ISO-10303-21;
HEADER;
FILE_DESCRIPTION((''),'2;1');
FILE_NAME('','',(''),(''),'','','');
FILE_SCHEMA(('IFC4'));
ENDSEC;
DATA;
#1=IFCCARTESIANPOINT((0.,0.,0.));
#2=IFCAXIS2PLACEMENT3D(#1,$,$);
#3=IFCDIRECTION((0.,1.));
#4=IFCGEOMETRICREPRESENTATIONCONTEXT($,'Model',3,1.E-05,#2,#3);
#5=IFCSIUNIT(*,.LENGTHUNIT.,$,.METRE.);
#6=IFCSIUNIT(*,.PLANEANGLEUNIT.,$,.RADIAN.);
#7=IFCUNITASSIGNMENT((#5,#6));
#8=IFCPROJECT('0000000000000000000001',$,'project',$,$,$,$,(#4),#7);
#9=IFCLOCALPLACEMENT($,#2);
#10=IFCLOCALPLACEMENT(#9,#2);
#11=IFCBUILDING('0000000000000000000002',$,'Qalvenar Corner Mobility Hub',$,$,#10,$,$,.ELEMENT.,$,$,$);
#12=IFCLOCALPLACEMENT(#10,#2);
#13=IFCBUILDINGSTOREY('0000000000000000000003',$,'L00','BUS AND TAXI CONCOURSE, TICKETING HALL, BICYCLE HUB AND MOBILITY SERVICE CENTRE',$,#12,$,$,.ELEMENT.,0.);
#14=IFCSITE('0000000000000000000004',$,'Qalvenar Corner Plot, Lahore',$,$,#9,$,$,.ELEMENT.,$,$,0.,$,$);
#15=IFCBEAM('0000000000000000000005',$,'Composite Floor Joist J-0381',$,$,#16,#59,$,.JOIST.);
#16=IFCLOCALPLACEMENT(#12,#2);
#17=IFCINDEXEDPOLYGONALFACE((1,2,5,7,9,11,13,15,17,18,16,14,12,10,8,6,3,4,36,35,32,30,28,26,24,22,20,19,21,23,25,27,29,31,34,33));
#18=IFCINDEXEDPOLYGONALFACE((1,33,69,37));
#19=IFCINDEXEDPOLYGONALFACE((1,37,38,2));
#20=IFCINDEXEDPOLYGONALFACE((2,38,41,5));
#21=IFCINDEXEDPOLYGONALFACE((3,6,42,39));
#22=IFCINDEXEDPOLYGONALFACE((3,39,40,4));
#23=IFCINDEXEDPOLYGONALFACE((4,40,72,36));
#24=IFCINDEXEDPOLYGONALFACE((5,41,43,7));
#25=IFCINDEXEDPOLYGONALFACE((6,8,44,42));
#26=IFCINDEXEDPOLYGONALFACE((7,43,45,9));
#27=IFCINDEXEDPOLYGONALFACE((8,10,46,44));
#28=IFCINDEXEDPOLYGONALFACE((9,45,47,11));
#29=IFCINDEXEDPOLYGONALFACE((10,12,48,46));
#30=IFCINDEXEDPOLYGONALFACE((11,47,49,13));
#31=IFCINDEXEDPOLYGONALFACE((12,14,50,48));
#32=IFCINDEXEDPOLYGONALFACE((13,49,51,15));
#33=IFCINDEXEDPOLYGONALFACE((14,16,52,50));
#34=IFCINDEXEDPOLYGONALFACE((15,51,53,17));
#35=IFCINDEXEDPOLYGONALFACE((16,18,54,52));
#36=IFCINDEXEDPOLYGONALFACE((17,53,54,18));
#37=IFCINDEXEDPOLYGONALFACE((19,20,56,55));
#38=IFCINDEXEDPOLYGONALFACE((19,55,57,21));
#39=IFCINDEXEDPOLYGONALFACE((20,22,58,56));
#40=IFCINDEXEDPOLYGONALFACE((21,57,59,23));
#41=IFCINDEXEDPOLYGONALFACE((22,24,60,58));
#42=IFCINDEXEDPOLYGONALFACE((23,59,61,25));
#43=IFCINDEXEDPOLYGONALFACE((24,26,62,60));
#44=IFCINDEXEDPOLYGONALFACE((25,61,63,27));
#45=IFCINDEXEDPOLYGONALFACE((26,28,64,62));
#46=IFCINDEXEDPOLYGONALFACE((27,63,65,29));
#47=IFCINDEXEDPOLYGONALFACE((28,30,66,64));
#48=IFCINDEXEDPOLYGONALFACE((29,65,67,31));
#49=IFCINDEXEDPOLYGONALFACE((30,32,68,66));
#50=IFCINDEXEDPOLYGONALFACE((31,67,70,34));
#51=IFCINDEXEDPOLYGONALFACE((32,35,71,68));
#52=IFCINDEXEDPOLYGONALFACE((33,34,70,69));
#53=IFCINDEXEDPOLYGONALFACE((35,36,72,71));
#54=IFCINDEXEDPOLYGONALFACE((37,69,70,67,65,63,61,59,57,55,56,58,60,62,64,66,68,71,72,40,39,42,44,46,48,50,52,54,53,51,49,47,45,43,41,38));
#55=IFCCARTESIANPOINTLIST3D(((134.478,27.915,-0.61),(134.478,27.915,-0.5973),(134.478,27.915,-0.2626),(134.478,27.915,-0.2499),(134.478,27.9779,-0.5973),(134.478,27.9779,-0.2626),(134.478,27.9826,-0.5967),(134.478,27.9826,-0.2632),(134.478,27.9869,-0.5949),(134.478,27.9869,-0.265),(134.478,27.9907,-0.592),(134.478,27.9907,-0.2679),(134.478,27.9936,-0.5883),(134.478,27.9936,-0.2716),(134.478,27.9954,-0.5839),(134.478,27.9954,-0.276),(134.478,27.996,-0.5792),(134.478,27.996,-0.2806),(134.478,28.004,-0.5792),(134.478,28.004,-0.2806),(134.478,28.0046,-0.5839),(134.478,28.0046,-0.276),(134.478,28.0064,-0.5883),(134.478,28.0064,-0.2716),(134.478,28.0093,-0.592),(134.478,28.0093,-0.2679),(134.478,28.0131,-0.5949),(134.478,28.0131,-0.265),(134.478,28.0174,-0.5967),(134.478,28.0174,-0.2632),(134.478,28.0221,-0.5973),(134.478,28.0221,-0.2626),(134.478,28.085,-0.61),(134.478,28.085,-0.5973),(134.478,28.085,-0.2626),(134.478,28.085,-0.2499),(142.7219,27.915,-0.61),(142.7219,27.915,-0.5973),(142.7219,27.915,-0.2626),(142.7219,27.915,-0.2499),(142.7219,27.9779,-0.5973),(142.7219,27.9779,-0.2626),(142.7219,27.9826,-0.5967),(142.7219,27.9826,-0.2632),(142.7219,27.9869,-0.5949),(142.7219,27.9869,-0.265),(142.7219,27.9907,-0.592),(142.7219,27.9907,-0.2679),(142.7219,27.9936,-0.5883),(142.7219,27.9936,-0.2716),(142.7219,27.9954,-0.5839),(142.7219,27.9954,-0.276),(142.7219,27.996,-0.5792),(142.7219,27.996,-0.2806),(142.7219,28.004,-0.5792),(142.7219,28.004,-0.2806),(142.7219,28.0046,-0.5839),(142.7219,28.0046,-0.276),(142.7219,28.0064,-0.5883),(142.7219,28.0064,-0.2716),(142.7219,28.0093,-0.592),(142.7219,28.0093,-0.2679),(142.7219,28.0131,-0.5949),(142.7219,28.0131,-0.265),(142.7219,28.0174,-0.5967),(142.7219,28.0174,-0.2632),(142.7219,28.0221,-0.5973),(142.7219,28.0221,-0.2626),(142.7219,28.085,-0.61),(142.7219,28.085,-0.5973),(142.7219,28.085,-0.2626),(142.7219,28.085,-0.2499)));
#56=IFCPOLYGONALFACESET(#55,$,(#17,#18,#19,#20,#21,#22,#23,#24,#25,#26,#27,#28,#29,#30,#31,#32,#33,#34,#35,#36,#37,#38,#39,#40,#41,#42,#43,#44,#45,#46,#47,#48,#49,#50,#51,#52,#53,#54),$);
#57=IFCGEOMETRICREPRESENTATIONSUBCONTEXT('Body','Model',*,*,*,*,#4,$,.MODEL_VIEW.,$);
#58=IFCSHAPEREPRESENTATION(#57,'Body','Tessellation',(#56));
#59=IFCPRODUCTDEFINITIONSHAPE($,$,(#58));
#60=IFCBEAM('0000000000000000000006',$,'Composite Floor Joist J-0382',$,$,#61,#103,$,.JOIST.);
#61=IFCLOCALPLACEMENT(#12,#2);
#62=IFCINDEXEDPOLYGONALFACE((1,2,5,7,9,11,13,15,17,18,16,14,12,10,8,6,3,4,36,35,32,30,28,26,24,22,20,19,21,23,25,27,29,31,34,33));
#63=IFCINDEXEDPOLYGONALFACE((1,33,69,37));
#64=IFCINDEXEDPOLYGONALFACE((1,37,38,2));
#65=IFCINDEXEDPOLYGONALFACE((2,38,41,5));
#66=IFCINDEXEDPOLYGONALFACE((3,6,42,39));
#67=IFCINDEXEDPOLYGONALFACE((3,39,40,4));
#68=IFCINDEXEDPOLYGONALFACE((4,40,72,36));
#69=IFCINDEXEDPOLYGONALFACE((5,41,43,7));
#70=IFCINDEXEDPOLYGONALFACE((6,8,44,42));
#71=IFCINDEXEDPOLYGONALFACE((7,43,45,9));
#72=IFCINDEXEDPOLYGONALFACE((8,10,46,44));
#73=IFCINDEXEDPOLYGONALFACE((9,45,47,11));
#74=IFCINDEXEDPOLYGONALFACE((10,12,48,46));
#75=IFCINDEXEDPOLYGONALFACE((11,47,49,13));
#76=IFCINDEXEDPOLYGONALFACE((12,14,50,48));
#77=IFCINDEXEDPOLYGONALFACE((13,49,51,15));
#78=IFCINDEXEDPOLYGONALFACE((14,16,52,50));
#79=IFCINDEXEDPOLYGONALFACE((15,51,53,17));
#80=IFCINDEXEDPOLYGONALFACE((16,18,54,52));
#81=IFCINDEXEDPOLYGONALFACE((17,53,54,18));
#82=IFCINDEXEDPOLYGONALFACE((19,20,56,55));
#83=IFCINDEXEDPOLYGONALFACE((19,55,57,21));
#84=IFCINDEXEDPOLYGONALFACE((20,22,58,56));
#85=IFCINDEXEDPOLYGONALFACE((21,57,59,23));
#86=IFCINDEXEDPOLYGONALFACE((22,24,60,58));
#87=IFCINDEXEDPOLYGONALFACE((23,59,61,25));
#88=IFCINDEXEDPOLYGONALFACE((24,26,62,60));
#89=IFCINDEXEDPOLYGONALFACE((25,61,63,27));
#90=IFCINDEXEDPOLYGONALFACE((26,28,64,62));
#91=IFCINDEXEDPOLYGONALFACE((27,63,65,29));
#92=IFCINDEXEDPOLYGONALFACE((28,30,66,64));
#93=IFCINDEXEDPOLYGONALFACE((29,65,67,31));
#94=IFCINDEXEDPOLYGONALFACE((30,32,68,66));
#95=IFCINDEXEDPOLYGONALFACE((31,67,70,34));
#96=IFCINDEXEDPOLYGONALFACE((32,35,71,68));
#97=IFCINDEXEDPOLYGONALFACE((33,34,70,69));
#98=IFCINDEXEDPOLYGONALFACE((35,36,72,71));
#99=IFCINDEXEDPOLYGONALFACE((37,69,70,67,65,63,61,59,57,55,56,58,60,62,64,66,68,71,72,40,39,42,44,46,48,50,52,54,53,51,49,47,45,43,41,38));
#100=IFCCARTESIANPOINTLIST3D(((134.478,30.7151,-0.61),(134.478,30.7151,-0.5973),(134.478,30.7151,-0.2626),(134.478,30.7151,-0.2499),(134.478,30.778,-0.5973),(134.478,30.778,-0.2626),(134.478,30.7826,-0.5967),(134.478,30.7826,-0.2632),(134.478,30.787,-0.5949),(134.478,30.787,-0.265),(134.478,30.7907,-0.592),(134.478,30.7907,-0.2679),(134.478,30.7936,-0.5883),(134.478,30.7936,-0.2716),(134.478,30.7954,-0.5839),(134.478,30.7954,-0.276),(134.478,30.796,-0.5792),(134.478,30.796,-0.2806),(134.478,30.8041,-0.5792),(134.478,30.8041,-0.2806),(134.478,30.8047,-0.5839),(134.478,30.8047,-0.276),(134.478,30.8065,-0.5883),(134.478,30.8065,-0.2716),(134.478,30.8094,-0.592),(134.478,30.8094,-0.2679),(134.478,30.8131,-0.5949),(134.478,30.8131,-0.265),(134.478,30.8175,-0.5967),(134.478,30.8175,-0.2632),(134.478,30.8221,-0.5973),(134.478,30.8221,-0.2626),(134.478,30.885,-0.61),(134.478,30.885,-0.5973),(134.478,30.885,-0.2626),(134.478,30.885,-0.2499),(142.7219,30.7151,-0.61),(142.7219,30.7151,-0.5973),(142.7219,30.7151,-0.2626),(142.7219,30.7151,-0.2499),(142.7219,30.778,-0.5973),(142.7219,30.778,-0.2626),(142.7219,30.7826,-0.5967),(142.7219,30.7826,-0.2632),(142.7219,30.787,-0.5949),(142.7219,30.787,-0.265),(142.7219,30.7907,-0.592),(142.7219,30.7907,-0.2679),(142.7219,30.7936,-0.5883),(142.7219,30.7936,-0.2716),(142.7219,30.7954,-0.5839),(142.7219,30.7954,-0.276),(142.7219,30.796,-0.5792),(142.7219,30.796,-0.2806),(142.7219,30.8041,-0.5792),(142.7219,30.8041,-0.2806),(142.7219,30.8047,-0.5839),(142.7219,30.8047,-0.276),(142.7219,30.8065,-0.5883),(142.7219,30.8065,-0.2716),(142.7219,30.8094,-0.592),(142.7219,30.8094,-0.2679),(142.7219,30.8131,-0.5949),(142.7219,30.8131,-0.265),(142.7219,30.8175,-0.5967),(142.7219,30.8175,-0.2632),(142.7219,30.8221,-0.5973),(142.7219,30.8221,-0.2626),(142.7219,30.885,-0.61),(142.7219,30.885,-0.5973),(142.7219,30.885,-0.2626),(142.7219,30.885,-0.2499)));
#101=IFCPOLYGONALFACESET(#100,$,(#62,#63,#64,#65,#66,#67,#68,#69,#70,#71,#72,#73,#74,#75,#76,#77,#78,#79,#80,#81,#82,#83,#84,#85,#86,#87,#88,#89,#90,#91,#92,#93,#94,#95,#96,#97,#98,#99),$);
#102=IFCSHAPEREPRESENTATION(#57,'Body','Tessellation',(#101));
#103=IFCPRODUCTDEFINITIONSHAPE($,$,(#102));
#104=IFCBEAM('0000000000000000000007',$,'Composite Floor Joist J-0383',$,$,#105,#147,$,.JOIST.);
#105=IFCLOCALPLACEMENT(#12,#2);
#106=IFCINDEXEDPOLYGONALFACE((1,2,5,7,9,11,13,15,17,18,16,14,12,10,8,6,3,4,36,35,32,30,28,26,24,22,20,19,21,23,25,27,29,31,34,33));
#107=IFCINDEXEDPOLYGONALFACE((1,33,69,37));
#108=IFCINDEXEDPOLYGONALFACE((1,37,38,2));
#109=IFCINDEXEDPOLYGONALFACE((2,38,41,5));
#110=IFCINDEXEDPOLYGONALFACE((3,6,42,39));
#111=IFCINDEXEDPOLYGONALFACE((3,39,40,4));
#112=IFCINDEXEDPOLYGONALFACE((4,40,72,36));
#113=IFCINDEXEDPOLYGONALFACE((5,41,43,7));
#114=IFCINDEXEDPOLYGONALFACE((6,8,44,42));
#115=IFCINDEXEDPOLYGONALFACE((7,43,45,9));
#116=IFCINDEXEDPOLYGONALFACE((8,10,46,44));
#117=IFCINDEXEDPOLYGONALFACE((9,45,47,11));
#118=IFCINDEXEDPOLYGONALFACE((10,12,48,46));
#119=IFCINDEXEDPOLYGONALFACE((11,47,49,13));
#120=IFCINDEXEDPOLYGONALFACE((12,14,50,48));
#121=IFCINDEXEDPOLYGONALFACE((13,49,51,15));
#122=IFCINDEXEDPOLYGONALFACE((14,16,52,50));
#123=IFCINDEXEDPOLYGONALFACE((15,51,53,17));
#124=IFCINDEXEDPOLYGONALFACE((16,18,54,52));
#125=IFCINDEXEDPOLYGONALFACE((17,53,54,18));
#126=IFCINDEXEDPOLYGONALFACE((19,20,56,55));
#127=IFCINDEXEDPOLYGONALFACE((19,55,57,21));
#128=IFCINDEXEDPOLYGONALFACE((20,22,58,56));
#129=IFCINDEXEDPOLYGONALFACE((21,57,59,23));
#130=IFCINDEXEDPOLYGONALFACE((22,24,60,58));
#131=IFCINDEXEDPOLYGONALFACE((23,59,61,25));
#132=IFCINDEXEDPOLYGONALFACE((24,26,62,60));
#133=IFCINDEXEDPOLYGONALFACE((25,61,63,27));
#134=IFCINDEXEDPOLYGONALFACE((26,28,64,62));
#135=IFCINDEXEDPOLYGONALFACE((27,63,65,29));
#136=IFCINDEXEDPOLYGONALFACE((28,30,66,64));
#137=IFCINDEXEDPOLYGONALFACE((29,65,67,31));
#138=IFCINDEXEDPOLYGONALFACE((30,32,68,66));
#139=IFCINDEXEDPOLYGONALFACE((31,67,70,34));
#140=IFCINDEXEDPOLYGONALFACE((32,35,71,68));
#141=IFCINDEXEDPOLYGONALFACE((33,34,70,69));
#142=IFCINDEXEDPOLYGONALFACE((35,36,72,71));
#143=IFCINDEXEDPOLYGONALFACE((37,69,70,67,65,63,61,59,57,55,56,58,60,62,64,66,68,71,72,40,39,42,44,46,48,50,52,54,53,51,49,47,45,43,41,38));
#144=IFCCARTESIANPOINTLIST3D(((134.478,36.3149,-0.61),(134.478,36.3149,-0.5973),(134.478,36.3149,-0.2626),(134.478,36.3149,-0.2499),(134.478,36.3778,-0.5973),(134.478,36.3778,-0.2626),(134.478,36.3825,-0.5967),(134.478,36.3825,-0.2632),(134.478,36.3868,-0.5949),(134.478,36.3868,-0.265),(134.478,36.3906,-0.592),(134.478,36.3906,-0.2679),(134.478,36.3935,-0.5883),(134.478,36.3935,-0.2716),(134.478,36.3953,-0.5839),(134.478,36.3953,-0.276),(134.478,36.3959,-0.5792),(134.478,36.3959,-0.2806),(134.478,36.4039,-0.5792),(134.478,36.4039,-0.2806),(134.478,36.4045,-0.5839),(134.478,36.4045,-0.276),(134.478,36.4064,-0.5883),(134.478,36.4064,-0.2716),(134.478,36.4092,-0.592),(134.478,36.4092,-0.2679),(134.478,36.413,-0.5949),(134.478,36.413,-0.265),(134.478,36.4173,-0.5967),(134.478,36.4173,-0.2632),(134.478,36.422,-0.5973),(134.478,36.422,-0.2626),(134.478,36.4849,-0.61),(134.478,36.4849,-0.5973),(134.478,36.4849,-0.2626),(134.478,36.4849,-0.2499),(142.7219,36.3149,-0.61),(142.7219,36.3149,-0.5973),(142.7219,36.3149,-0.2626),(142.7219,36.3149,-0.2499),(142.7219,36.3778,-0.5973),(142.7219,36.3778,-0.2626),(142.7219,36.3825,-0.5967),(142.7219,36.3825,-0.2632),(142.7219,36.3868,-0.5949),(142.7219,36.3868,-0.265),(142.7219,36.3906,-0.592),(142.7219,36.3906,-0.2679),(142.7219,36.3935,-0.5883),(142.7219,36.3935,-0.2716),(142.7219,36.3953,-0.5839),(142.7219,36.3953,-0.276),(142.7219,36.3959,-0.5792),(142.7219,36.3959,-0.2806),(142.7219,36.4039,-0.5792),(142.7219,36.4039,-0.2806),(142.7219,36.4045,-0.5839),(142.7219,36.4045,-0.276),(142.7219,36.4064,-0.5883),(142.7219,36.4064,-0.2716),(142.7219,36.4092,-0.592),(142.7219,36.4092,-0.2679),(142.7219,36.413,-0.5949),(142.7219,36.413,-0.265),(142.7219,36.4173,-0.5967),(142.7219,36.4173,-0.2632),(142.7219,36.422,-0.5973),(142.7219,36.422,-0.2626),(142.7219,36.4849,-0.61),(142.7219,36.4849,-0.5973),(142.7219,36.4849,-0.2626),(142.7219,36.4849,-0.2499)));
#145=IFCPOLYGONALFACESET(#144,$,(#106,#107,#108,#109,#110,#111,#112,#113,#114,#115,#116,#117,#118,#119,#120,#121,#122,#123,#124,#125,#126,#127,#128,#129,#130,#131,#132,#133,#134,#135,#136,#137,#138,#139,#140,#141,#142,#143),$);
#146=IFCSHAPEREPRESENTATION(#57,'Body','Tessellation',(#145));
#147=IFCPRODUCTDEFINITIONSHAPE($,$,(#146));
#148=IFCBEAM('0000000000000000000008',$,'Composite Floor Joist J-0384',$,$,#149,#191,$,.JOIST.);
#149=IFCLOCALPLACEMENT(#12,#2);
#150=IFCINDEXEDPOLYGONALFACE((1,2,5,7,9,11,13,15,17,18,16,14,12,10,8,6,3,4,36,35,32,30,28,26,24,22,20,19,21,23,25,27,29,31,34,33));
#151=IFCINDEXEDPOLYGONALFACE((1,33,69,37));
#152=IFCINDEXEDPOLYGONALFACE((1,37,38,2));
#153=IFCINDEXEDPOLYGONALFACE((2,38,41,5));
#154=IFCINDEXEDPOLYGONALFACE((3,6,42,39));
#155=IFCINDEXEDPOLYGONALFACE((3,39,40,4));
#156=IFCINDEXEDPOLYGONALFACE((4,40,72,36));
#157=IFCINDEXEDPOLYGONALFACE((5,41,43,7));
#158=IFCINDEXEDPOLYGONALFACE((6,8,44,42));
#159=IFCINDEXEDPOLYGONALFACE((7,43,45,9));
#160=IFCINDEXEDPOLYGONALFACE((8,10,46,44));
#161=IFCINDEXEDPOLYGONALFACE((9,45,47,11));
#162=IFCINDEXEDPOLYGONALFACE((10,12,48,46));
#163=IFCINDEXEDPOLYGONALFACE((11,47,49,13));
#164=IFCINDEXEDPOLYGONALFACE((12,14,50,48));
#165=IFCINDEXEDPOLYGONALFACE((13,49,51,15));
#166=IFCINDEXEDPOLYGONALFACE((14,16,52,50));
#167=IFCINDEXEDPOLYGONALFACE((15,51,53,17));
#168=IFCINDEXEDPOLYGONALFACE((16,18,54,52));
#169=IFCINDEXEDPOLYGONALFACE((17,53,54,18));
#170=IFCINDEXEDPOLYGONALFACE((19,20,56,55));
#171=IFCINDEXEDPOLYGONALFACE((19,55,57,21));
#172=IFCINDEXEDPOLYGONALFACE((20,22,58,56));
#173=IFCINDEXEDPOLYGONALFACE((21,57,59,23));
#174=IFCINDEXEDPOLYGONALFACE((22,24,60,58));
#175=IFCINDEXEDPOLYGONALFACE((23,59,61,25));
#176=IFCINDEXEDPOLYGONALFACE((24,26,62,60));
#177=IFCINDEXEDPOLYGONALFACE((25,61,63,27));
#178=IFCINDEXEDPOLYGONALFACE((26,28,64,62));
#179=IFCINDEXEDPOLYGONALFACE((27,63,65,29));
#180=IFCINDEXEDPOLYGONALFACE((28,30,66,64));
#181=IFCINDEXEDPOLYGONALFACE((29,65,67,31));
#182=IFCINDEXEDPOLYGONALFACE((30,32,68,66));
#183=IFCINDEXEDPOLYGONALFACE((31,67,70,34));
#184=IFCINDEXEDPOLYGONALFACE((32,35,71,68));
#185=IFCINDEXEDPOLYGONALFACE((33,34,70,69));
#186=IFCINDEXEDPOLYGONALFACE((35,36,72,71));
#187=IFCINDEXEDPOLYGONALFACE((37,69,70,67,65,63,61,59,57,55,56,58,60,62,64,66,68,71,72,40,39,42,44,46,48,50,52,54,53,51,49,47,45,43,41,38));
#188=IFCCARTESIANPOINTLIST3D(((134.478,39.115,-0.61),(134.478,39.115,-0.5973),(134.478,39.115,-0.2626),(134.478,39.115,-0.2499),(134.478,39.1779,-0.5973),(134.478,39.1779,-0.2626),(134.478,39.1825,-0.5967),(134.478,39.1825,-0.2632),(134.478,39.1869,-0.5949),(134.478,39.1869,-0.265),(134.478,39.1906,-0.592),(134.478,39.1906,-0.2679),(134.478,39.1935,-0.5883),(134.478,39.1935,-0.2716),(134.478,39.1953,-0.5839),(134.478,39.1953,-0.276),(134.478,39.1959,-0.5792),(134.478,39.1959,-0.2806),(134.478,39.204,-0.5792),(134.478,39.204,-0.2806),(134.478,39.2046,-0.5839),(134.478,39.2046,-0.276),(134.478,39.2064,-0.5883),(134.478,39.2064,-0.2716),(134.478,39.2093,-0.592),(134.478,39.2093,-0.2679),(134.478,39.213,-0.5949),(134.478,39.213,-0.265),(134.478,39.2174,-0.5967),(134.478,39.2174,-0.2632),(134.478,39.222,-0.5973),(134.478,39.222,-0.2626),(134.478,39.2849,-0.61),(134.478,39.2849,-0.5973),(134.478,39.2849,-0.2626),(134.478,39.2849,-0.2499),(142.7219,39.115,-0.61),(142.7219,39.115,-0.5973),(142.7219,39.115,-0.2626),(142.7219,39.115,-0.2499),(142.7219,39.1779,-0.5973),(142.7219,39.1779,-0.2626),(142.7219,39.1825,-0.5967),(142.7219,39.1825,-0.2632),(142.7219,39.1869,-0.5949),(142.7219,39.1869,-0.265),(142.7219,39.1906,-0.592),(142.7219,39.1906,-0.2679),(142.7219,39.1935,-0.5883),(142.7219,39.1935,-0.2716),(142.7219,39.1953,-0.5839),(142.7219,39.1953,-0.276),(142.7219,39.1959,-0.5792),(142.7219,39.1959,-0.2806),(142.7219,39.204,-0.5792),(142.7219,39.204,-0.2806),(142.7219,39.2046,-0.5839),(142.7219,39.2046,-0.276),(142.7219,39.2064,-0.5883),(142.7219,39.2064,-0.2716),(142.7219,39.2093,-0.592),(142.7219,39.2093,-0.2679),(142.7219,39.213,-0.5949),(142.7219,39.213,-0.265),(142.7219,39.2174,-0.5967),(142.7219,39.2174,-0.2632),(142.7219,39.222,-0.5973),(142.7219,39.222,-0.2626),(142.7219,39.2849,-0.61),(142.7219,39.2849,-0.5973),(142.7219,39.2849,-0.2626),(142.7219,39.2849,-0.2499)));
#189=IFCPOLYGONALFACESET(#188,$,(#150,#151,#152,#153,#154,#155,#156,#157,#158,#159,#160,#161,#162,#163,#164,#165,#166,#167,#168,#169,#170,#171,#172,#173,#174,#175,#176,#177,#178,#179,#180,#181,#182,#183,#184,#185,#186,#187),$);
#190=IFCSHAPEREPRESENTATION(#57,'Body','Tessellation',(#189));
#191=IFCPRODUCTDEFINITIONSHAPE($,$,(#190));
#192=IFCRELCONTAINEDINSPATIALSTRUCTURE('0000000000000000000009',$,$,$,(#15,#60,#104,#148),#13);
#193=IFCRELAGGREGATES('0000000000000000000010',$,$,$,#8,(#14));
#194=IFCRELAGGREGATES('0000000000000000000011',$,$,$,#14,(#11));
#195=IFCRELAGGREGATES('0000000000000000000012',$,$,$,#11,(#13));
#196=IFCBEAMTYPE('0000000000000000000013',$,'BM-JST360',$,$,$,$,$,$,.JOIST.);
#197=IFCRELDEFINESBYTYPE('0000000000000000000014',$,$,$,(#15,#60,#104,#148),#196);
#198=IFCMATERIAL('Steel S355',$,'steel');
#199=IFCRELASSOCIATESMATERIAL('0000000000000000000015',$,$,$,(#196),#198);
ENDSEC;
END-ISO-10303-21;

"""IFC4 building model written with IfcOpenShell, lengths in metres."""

from ifc_helpers import new_model, si_unit, direction, frame, origin, origin_2d, place, context, subcontext, project, spatial, i_section, extrude, material, material_profile, profile_set, type_object, element, save


model = new_model("IFC4")

# Units and contexts
model_context = context("Model", 3, precision=1e-05, world=origin(), true_north=direction((0.0, 1.0)))
body_context = subcontext(model_context, "Body", "Model", "MODEL_VIEW")
ifc_project = project(units=[si_unit("LENGTHUNIT", "METRE"), si_unit("PLANEANGLEUNIT", "RADIAN")], contexts=[model_context])

# Site, building, storey
site_placement = place(None, origin())
site = spatial("IfcSite", under=ifc_project, at=site_placement, Name="Qalvenar Corner Plot, Lahore", CompositionType="ELEMENT", RefElevation=0.0)
building_placement = place(site_placement, origin())
building = spatial("IfcBuilding", under=site, at=building_placement, Name="Qalvenar Corner Mobility Hub", CompositionType="ELEMENT")
storey_placement = place(building_placement, origin())
storey = spatial("IfcBuildingStorey", under=building, at=storey_placement, Name="L00", Description="BUS AND TAXI CONCOURSE, TICKETING HALL, BICYCLE HUB AND MOBILITY SERVICE CENTRE", CompositionType="ELEMENT", Elevation=0.0)

# Shared definitions
ifc_material_1 = material(Name="Steel S355", Category="steel")

# Beams
ifc_material_profile_1 = material_profile(ifc_material_1, i_section(OverallWidth=0.1699, OverallDepth=0.3601, WebThickness=0.0081, FlangeThickness=0.0127, FilletRadius=0.0181, at=origin_2d()), Name="IPE360")
ifc_profile_set_1 = profile_set([ifc_material_profile_1], Name="Steel S355")
beam_type_1 = type_object("IfcBeamType", Name="BM-JST360", PredefinedType="JOIST", material=ifc_profile_set_1)
for number, where, z_axis, x_axis, name in (
    (1, (134.478, 28.0, -0.4299), (1.0, 0.0, 0.0), (0.0, 1.0, 0.0), "Composite Floor Joist J-0381"),
    (2, (134.478, 30.8, -0.4299), (1.0, 0.0, 0.0), (0.0, 1.0, 0.0), "Composite Floor Joist J-0382"),
    (3, (134.478, 36.3999, -0.4299), (1.0, 0.0, 0.0), (0.0, 1.0, 0.0), "Composite Floor Joist J-0383"),
    (4, (134.478, 39.2, -0.4299), (1.0, 0.0, 0.0), (0.0, 1.0, 0.0), "Composite Floor Joist J-0384"),
):
    element("IfcBeam", number, at=place(storey_placement, frame(where, z_axis=z_axis, x_axis=x_axis)), inside=storey, type_object=beam_type_1, Name=name, PredefinedType="JOIST", context=body_context, shape_type="SweptSolid", body=[
        extrude(i_section(OverallWidth=0.1699, OverallDepth=0.3601, WebThickness=0.0081, FlangeThickness=0.0127, FilletRadius=0.0181, at=origin_2d()), origin(), (0.0, 0.0, 1.0), 8.2439),
    ])

save(model, "model.ifc")
